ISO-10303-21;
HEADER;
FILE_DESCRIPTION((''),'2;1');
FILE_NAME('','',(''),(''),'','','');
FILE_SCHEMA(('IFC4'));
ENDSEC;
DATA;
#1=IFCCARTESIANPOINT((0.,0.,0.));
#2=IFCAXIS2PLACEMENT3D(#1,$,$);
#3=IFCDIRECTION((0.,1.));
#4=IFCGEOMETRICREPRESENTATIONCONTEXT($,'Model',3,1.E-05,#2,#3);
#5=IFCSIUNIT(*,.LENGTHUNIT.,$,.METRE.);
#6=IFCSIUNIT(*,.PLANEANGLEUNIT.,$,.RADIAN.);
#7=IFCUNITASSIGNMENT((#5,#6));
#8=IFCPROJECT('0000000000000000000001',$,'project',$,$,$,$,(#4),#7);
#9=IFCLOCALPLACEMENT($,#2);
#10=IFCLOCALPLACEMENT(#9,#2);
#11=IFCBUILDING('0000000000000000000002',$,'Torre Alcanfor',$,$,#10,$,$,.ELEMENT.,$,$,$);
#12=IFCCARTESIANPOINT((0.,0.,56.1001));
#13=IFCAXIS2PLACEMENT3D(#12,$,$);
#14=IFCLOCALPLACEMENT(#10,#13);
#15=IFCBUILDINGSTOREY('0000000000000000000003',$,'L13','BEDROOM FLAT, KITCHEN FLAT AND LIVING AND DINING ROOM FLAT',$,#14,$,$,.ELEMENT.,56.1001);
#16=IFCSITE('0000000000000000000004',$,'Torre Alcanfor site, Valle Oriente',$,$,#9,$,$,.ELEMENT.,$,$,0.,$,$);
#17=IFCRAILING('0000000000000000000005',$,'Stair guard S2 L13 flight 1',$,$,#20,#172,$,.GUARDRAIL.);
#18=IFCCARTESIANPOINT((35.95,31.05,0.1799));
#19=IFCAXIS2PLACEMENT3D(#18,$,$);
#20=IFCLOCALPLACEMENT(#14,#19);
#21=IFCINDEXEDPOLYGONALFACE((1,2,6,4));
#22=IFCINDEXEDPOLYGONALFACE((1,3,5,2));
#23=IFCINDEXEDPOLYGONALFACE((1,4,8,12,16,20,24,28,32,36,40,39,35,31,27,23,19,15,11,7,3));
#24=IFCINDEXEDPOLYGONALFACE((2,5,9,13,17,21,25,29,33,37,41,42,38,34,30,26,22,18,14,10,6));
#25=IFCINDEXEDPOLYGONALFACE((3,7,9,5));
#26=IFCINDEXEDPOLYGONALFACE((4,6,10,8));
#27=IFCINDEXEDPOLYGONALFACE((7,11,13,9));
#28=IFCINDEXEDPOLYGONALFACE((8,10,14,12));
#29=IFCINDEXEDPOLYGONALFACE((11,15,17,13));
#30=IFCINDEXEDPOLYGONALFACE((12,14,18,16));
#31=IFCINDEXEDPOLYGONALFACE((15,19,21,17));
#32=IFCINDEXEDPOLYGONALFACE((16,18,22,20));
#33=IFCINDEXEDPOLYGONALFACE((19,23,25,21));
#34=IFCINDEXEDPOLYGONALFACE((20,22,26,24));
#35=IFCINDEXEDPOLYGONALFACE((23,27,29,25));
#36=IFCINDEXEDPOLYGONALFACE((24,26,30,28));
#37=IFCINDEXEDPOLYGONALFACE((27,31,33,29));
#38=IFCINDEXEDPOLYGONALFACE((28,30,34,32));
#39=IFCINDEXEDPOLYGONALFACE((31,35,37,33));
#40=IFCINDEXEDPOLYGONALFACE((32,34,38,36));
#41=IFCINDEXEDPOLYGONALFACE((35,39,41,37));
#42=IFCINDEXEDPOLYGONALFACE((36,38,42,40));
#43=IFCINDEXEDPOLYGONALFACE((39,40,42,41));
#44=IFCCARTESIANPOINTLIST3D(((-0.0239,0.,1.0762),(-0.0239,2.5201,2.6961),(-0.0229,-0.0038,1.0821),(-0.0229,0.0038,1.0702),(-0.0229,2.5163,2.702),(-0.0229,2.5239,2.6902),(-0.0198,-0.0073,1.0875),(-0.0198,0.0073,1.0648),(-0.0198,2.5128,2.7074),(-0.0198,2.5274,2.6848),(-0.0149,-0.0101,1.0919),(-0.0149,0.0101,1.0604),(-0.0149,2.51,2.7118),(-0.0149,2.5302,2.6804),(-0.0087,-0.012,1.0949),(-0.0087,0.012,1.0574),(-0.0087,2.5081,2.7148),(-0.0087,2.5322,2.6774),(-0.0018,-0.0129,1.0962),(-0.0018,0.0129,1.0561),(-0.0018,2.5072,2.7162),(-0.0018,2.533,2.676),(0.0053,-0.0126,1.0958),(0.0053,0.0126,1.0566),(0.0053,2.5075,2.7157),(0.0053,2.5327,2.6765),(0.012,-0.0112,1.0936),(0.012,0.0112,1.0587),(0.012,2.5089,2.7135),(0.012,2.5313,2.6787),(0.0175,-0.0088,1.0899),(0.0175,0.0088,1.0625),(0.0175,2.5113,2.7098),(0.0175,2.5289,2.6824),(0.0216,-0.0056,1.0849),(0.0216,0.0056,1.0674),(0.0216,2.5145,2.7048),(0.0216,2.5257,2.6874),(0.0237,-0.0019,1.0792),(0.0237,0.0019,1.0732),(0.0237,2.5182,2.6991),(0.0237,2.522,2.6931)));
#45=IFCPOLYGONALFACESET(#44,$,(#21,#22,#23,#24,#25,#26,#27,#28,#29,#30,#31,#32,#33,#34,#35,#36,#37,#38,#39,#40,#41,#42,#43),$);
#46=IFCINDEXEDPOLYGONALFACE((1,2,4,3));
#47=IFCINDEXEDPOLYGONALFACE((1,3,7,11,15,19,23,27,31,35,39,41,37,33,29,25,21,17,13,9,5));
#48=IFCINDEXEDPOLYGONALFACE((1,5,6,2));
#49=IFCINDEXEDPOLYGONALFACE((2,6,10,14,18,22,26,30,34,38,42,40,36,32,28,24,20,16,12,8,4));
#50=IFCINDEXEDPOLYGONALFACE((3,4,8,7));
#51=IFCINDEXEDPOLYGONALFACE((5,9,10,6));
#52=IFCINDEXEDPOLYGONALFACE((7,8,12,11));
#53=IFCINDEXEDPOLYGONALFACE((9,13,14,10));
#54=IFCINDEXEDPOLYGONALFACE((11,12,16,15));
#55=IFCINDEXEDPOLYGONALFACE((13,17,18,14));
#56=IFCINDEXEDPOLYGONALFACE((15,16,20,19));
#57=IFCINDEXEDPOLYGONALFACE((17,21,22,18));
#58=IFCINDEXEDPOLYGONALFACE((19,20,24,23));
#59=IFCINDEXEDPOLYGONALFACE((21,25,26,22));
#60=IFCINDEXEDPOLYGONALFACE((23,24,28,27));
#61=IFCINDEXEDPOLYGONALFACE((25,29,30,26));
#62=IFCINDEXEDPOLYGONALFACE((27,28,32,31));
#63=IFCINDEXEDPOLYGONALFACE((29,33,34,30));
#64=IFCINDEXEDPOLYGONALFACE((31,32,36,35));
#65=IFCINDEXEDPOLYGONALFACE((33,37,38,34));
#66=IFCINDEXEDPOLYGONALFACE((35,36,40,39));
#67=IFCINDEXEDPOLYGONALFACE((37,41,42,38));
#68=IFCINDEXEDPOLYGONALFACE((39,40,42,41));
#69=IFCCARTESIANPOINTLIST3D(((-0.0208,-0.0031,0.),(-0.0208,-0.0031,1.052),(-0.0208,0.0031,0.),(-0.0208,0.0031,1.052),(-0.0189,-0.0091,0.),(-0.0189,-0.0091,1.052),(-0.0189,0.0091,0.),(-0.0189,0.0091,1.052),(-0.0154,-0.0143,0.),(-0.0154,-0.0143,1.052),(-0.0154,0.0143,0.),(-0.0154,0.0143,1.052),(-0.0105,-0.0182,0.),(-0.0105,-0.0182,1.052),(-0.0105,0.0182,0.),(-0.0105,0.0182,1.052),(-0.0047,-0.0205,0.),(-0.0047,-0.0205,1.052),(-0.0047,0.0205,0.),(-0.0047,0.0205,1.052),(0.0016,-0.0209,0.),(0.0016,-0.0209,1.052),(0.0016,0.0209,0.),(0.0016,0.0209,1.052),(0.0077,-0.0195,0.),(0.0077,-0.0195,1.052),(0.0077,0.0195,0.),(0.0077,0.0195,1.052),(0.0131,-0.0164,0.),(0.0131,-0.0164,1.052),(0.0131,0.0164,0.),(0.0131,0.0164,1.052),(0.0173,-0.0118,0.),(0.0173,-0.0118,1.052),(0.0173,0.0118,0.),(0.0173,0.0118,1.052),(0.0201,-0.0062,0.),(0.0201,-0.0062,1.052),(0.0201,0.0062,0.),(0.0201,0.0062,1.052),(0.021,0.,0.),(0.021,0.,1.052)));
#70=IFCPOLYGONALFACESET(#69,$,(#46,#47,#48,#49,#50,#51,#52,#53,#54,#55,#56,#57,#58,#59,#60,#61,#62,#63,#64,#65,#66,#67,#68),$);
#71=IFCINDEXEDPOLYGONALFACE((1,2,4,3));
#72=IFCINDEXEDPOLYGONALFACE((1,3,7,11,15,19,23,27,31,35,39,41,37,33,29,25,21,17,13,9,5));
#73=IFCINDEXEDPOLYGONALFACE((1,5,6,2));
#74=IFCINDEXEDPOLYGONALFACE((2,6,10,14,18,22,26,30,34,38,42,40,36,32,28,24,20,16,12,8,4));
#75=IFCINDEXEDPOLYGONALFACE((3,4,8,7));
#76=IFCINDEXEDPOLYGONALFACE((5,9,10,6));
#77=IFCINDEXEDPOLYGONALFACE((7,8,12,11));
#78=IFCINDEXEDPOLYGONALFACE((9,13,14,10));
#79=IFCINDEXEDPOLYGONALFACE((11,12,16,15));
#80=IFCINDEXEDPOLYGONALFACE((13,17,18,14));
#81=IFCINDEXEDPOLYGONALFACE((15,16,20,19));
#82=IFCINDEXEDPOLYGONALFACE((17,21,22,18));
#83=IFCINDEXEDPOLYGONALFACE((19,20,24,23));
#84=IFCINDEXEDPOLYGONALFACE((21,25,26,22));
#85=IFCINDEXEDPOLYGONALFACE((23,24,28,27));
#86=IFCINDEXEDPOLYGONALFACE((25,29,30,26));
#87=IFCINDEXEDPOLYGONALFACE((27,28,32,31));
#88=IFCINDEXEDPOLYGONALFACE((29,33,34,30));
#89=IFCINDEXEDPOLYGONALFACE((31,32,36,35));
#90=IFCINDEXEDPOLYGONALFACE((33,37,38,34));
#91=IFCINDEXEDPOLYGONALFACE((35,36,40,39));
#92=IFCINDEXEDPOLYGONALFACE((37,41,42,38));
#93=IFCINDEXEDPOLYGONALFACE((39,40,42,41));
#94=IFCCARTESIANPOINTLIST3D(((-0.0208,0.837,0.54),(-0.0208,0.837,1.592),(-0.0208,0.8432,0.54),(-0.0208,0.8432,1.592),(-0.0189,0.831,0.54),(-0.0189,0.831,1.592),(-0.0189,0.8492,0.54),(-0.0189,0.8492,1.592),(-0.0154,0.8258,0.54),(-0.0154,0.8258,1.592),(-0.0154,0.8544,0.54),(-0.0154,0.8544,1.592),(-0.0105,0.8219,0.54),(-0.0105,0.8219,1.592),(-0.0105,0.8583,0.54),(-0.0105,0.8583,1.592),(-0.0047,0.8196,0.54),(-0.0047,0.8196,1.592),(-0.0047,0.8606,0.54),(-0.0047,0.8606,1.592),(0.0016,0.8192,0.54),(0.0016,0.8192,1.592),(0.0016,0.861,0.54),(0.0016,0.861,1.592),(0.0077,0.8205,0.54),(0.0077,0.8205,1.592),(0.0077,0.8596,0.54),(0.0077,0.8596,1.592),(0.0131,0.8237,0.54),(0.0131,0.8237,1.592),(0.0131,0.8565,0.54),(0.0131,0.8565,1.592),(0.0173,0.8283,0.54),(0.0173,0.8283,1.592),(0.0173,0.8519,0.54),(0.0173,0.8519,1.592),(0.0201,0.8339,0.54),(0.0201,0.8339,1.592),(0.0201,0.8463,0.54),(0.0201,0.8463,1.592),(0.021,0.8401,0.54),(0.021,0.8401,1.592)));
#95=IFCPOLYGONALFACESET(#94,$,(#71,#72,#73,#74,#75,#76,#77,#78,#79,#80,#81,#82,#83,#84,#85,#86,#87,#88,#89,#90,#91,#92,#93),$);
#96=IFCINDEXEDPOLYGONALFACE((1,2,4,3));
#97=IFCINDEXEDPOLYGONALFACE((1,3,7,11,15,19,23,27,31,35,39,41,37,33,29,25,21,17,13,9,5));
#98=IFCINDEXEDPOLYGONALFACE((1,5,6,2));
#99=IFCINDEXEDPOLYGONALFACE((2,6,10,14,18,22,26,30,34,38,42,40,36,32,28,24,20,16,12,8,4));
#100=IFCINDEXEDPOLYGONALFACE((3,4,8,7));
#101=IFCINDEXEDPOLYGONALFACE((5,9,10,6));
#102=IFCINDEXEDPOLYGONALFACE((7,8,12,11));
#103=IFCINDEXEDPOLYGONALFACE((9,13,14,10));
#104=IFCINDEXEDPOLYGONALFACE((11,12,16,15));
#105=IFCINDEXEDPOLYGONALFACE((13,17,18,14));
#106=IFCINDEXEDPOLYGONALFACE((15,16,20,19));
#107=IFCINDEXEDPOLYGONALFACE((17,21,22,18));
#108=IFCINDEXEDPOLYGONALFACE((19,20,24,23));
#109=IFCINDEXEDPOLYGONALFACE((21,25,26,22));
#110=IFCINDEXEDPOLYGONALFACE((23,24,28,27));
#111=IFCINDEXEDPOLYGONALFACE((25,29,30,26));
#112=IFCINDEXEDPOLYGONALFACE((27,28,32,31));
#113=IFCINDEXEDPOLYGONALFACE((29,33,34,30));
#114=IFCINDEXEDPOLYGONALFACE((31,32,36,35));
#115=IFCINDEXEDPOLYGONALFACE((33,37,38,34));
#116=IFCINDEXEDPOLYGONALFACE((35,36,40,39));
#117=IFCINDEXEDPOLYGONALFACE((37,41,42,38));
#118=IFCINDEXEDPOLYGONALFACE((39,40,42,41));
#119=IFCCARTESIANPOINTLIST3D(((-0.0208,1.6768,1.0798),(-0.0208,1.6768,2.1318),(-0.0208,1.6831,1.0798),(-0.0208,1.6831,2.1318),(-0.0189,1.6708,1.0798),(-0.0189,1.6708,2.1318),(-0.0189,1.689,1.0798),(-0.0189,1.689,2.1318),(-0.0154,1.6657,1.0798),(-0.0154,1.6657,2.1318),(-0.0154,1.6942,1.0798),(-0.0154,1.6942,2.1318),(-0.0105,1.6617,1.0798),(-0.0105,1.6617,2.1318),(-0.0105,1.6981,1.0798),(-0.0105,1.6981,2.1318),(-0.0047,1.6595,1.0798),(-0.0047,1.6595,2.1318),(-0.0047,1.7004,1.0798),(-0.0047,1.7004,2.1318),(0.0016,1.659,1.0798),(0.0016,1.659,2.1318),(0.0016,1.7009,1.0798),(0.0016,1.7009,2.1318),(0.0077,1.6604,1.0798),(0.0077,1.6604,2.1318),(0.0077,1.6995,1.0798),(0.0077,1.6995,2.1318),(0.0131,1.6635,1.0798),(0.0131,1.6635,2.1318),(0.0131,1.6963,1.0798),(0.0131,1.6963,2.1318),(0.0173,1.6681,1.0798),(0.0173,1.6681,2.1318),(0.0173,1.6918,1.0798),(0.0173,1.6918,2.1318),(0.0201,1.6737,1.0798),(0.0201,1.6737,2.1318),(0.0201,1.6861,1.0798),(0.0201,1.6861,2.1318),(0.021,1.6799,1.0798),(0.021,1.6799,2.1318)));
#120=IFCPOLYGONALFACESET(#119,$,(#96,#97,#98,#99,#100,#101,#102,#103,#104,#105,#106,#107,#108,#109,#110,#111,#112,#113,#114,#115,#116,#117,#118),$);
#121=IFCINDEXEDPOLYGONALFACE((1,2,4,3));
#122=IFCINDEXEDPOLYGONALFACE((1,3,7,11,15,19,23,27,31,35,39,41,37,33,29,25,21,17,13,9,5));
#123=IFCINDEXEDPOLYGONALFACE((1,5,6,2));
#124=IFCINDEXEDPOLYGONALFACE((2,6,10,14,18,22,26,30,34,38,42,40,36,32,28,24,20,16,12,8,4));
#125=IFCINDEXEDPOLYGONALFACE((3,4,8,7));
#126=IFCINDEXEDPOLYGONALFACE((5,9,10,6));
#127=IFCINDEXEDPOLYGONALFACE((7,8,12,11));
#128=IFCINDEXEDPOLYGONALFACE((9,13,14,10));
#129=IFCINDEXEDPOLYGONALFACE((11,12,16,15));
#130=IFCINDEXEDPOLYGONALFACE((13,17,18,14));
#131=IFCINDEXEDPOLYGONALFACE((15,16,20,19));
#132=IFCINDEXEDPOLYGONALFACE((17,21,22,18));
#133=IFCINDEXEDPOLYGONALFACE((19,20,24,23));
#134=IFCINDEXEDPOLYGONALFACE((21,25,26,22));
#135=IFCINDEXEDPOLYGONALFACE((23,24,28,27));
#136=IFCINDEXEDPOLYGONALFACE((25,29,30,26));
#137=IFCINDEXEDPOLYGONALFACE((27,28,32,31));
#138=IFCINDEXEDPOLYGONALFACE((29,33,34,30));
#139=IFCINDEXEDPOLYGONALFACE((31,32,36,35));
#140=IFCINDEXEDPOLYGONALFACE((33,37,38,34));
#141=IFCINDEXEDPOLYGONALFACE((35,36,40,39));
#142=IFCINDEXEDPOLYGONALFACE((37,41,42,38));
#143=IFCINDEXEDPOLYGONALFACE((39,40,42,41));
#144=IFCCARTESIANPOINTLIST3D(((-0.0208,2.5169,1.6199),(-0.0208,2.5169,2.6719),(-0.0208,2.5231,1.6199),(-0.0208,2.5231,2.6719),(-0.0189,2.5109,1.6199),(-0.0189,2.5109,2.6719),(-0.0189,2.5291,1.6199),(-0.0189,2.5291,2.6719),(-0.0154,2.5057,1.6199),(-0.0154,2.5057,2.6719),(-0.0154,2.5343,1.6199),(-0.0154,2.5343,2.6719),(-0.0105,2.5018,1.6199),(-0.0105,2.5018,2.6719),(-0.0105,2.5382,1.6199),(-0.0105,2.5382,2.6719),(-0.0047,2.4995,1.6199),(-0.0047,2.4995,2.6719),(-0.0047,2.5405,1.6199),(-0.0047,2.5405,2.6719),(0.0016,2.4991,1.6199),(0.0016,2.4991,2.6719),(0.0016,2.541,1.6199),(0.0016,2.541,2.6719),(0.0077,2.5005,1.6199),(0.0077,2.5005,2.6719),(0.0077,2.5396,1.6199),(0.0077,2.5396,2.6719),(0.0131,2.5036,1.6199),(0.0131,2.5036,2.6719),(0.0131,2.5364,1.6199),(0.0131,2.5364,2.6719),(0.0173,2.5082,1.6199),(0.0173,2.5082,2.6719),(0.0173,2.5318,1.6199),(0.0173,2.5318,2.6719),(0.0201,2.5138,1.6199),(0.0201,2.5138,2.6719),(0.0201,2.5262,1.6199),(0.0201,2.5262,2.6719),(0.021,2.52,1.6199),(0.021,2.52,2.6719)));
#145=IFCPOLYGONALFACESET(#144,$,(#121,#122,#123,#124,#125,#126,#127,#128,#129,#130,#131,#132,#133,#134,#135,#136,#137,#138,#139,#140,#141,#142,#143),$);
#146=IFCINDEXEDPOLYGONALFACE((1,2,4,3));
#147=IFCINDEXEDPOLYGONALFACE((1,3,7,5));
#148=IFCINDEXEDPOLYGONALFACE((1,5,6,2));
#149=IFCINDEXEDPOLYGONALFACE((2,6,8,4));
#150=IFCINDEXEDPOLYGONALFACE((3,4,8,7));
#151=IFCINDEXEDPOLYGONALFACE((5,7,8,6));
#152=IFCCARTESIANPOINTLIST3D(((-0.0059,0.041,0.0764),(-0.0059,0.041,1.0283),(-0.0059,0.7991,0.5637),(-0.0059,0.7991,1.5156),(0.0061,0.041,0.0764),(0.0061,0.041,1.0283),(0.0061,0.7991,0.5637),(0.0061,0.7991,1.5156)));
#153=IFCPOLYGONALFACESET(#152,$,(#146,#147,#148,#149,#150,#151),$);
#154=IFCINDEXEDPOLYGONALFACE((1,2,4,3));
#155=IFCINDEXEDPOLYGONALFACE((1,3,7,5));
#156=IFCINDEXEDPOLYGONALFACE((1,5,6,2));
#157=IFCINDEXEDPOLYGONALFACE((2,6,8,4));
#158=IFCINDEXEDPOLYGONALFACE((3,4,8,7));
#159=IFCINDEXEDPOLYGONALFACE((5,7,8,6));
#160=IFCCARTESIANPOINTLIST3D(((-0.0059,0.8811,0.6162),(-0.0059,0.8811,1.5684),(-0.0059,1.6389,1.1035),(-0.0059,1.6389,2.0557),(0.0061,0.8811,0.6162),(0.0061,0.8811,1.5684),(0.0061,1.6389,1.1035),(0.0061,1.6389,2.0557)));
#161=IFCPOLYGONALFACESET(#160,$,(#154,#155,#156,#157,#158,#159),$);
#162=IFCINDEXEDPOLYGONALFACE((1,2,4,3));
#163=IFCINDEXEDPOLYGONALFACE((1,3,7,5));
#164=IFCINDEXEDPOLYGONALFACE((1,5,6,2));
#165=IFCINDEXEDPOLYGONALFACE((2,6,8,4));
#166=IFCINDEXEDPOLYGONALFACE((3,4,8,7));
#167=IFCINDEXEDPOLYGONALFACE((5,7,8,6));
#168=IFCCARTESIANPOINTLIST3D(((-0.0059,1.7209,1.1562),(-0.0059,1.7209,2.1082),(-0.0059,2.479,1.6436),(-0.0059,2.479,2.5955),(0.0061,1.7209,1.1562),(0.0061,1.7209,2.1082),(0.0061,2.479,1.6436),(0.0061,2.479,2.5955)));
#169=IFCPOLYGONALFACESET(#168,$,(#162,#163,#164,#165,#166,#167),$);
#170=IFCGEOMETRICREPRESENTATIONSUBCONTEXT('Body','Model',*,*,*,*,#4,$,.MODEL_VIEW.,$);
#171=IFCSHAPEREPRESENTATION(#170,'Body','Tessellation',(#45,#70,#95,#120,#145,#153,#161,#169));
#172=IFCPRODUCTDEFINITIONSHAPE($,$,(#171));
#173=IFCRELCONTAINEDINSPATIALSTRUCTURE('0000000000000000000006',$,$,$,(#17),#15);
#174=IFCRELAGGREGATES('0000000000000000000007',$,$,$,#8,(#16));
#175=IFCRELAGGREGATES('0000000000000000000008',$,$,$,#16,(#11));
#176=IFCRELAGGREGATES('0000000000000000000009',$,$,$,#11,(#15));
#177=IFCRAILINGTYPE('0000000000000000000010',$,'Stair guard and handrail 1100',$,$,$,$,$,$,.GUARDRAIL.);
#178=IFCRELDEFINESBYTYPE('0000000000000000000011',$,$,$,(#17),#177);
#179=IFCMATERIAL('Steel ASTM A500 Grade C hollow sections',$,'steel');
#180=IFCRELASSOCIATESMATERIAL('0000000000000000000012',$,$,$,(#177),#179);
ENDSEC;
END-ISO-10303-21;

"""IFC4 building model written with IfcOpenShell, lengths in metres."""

from ifc_helpers import new_model, si_unit, direction, frame, origin, origin_2d, place, context, subcontext, project, spatial, polyline, circle, outline, extrude, material, type_object, element, save


model = new_model("IFC4")

# Units and contexts
model_context = context("Model", 3, precision=1e-05, world=origin(), true_north=direction((0.0, 1.0)))
body_context = subcontext(model_context, "Body", "Model", "MODEL_VIEW")
ifc_project = project(units=[si_unit("LENGTHUNIT", "METRE"), si_unit("PLANEANGLEUNIT", "RADIAN")], contexts=[model_context])

# Site, building, storey
site_placement = place(None, origin())
site = spatial("IfcSite", under=ifc_project, at=site_placement, Name="Torre Alcanfor site, Valle Oriente", CompositionType="ELEMENT", RefElevation=0.0)
building_placement = place(site_placement, origin())
building = spatial("IfcBuilding", under=site, at=building_placement, Name="Torre Alcanfor", CompositionType="ELEMENT")
storey_placement = place(building_placement, frame((0.0, 0.0, 56.1001)))
storey = spatial("IfcBuildingStorey", under=building, at=storey_placement, Name="L13", Description="BEDROOM FLAT, KITCHEN FLAT AND LIVING AND DINING ROOM FLAT", CompositionType="ELEMENT", Elevation=56.1001)

# Railing
ifc_material_1 = material(Name="Steel ASTM A500 Grade C hollow sections", Category="steel")
railing_type_1 = type_object("IfcRailingType", Name="Stair guard and handrail 1100", PredefinedType="GUARDRAIL", material=ifc_material_1)
railing_1_placement = place(storey_placement, frame((35.95, 31.05, 0.1799)))
element("IfcRailing", 1, at=railing_1_placement, inside=storey, type_object=railing_type_1, Name="Stair guard S2 L13 flight 1", PredefinedType="GUARDRAIL", context=body_context, shape_type="SweptSolid", body=[
    extrude(circle(Radius=0.0239, at=origin_2d()), frame((0.0, 0.0, 1.0762), z_axis=(0.0, 0.8412, 0.540725), x_axis=(-1.0, 0.0, 0.0)), (0.0, 0.0, 1.0), 2.9958),
    extrude(circle(Radius=0.021, at=origin_2d()), origin(), (0.0, 0.0, 1.0), 1.052),
    extrude(circle(Radius=0.021, at=origin_2d()), frame((0.0, 0.8401, 0.54)), (0.0, 0.0, 1.0), 1.052),
    extrude(circle(Radius=0.021, at=origin_2d()), frame((0.0, 1.6799, 1.0798)), (0.0, 0.0, 1.0), 1.052),
    extrude(circle(Radius=0.021, at=origin_2d()), frame((0.0, 2.52, 1.6199)), (0.0, 0.0, 1.0), 1.052),
    extrude(outline(polyline([(0.041, 0.0764), (0.7991, 0.5637), (0.7991, 1.5156), (0.041, 1.0283), (0.041, 0.0764)])), frame((-0.0059, 0.0, 0.0), z_axis=(1.0, 0.0, 0.0), x_axis=(0.0, 1.0, 0.0)), (0.0, 0.0, 1.0), 0.012),
    extrude(outline(polyline([(0.8811, 0.6162), (1.6389, 1.1035), (1.6389, 2.0557), (0.8811, 1.5684), (0.8811, 0.6162)])), frame((-0.0059, 0.0, 0.0), z_axis=(1.0, 0.0, 0.0), x_axis=(0.0, 1.0, 0.0)), (0.0, 0.0, 1.0), 0.012),
    extrude(outline(polyline([(1.7209, 1.1562), (2.479, 1.6436), (2.479, 2.5955), (1.7209, 2.1082), (1.7209, 1.1562)])), frame((-0.0059, 0.0, 0.0), z_axis=(1.0, 0.0, 0.0), x_axis=(0.0, 1.0, 0.0)), (0.0, 0.0, 1.0), 0.012),
])

save(model, "model.ifc")
